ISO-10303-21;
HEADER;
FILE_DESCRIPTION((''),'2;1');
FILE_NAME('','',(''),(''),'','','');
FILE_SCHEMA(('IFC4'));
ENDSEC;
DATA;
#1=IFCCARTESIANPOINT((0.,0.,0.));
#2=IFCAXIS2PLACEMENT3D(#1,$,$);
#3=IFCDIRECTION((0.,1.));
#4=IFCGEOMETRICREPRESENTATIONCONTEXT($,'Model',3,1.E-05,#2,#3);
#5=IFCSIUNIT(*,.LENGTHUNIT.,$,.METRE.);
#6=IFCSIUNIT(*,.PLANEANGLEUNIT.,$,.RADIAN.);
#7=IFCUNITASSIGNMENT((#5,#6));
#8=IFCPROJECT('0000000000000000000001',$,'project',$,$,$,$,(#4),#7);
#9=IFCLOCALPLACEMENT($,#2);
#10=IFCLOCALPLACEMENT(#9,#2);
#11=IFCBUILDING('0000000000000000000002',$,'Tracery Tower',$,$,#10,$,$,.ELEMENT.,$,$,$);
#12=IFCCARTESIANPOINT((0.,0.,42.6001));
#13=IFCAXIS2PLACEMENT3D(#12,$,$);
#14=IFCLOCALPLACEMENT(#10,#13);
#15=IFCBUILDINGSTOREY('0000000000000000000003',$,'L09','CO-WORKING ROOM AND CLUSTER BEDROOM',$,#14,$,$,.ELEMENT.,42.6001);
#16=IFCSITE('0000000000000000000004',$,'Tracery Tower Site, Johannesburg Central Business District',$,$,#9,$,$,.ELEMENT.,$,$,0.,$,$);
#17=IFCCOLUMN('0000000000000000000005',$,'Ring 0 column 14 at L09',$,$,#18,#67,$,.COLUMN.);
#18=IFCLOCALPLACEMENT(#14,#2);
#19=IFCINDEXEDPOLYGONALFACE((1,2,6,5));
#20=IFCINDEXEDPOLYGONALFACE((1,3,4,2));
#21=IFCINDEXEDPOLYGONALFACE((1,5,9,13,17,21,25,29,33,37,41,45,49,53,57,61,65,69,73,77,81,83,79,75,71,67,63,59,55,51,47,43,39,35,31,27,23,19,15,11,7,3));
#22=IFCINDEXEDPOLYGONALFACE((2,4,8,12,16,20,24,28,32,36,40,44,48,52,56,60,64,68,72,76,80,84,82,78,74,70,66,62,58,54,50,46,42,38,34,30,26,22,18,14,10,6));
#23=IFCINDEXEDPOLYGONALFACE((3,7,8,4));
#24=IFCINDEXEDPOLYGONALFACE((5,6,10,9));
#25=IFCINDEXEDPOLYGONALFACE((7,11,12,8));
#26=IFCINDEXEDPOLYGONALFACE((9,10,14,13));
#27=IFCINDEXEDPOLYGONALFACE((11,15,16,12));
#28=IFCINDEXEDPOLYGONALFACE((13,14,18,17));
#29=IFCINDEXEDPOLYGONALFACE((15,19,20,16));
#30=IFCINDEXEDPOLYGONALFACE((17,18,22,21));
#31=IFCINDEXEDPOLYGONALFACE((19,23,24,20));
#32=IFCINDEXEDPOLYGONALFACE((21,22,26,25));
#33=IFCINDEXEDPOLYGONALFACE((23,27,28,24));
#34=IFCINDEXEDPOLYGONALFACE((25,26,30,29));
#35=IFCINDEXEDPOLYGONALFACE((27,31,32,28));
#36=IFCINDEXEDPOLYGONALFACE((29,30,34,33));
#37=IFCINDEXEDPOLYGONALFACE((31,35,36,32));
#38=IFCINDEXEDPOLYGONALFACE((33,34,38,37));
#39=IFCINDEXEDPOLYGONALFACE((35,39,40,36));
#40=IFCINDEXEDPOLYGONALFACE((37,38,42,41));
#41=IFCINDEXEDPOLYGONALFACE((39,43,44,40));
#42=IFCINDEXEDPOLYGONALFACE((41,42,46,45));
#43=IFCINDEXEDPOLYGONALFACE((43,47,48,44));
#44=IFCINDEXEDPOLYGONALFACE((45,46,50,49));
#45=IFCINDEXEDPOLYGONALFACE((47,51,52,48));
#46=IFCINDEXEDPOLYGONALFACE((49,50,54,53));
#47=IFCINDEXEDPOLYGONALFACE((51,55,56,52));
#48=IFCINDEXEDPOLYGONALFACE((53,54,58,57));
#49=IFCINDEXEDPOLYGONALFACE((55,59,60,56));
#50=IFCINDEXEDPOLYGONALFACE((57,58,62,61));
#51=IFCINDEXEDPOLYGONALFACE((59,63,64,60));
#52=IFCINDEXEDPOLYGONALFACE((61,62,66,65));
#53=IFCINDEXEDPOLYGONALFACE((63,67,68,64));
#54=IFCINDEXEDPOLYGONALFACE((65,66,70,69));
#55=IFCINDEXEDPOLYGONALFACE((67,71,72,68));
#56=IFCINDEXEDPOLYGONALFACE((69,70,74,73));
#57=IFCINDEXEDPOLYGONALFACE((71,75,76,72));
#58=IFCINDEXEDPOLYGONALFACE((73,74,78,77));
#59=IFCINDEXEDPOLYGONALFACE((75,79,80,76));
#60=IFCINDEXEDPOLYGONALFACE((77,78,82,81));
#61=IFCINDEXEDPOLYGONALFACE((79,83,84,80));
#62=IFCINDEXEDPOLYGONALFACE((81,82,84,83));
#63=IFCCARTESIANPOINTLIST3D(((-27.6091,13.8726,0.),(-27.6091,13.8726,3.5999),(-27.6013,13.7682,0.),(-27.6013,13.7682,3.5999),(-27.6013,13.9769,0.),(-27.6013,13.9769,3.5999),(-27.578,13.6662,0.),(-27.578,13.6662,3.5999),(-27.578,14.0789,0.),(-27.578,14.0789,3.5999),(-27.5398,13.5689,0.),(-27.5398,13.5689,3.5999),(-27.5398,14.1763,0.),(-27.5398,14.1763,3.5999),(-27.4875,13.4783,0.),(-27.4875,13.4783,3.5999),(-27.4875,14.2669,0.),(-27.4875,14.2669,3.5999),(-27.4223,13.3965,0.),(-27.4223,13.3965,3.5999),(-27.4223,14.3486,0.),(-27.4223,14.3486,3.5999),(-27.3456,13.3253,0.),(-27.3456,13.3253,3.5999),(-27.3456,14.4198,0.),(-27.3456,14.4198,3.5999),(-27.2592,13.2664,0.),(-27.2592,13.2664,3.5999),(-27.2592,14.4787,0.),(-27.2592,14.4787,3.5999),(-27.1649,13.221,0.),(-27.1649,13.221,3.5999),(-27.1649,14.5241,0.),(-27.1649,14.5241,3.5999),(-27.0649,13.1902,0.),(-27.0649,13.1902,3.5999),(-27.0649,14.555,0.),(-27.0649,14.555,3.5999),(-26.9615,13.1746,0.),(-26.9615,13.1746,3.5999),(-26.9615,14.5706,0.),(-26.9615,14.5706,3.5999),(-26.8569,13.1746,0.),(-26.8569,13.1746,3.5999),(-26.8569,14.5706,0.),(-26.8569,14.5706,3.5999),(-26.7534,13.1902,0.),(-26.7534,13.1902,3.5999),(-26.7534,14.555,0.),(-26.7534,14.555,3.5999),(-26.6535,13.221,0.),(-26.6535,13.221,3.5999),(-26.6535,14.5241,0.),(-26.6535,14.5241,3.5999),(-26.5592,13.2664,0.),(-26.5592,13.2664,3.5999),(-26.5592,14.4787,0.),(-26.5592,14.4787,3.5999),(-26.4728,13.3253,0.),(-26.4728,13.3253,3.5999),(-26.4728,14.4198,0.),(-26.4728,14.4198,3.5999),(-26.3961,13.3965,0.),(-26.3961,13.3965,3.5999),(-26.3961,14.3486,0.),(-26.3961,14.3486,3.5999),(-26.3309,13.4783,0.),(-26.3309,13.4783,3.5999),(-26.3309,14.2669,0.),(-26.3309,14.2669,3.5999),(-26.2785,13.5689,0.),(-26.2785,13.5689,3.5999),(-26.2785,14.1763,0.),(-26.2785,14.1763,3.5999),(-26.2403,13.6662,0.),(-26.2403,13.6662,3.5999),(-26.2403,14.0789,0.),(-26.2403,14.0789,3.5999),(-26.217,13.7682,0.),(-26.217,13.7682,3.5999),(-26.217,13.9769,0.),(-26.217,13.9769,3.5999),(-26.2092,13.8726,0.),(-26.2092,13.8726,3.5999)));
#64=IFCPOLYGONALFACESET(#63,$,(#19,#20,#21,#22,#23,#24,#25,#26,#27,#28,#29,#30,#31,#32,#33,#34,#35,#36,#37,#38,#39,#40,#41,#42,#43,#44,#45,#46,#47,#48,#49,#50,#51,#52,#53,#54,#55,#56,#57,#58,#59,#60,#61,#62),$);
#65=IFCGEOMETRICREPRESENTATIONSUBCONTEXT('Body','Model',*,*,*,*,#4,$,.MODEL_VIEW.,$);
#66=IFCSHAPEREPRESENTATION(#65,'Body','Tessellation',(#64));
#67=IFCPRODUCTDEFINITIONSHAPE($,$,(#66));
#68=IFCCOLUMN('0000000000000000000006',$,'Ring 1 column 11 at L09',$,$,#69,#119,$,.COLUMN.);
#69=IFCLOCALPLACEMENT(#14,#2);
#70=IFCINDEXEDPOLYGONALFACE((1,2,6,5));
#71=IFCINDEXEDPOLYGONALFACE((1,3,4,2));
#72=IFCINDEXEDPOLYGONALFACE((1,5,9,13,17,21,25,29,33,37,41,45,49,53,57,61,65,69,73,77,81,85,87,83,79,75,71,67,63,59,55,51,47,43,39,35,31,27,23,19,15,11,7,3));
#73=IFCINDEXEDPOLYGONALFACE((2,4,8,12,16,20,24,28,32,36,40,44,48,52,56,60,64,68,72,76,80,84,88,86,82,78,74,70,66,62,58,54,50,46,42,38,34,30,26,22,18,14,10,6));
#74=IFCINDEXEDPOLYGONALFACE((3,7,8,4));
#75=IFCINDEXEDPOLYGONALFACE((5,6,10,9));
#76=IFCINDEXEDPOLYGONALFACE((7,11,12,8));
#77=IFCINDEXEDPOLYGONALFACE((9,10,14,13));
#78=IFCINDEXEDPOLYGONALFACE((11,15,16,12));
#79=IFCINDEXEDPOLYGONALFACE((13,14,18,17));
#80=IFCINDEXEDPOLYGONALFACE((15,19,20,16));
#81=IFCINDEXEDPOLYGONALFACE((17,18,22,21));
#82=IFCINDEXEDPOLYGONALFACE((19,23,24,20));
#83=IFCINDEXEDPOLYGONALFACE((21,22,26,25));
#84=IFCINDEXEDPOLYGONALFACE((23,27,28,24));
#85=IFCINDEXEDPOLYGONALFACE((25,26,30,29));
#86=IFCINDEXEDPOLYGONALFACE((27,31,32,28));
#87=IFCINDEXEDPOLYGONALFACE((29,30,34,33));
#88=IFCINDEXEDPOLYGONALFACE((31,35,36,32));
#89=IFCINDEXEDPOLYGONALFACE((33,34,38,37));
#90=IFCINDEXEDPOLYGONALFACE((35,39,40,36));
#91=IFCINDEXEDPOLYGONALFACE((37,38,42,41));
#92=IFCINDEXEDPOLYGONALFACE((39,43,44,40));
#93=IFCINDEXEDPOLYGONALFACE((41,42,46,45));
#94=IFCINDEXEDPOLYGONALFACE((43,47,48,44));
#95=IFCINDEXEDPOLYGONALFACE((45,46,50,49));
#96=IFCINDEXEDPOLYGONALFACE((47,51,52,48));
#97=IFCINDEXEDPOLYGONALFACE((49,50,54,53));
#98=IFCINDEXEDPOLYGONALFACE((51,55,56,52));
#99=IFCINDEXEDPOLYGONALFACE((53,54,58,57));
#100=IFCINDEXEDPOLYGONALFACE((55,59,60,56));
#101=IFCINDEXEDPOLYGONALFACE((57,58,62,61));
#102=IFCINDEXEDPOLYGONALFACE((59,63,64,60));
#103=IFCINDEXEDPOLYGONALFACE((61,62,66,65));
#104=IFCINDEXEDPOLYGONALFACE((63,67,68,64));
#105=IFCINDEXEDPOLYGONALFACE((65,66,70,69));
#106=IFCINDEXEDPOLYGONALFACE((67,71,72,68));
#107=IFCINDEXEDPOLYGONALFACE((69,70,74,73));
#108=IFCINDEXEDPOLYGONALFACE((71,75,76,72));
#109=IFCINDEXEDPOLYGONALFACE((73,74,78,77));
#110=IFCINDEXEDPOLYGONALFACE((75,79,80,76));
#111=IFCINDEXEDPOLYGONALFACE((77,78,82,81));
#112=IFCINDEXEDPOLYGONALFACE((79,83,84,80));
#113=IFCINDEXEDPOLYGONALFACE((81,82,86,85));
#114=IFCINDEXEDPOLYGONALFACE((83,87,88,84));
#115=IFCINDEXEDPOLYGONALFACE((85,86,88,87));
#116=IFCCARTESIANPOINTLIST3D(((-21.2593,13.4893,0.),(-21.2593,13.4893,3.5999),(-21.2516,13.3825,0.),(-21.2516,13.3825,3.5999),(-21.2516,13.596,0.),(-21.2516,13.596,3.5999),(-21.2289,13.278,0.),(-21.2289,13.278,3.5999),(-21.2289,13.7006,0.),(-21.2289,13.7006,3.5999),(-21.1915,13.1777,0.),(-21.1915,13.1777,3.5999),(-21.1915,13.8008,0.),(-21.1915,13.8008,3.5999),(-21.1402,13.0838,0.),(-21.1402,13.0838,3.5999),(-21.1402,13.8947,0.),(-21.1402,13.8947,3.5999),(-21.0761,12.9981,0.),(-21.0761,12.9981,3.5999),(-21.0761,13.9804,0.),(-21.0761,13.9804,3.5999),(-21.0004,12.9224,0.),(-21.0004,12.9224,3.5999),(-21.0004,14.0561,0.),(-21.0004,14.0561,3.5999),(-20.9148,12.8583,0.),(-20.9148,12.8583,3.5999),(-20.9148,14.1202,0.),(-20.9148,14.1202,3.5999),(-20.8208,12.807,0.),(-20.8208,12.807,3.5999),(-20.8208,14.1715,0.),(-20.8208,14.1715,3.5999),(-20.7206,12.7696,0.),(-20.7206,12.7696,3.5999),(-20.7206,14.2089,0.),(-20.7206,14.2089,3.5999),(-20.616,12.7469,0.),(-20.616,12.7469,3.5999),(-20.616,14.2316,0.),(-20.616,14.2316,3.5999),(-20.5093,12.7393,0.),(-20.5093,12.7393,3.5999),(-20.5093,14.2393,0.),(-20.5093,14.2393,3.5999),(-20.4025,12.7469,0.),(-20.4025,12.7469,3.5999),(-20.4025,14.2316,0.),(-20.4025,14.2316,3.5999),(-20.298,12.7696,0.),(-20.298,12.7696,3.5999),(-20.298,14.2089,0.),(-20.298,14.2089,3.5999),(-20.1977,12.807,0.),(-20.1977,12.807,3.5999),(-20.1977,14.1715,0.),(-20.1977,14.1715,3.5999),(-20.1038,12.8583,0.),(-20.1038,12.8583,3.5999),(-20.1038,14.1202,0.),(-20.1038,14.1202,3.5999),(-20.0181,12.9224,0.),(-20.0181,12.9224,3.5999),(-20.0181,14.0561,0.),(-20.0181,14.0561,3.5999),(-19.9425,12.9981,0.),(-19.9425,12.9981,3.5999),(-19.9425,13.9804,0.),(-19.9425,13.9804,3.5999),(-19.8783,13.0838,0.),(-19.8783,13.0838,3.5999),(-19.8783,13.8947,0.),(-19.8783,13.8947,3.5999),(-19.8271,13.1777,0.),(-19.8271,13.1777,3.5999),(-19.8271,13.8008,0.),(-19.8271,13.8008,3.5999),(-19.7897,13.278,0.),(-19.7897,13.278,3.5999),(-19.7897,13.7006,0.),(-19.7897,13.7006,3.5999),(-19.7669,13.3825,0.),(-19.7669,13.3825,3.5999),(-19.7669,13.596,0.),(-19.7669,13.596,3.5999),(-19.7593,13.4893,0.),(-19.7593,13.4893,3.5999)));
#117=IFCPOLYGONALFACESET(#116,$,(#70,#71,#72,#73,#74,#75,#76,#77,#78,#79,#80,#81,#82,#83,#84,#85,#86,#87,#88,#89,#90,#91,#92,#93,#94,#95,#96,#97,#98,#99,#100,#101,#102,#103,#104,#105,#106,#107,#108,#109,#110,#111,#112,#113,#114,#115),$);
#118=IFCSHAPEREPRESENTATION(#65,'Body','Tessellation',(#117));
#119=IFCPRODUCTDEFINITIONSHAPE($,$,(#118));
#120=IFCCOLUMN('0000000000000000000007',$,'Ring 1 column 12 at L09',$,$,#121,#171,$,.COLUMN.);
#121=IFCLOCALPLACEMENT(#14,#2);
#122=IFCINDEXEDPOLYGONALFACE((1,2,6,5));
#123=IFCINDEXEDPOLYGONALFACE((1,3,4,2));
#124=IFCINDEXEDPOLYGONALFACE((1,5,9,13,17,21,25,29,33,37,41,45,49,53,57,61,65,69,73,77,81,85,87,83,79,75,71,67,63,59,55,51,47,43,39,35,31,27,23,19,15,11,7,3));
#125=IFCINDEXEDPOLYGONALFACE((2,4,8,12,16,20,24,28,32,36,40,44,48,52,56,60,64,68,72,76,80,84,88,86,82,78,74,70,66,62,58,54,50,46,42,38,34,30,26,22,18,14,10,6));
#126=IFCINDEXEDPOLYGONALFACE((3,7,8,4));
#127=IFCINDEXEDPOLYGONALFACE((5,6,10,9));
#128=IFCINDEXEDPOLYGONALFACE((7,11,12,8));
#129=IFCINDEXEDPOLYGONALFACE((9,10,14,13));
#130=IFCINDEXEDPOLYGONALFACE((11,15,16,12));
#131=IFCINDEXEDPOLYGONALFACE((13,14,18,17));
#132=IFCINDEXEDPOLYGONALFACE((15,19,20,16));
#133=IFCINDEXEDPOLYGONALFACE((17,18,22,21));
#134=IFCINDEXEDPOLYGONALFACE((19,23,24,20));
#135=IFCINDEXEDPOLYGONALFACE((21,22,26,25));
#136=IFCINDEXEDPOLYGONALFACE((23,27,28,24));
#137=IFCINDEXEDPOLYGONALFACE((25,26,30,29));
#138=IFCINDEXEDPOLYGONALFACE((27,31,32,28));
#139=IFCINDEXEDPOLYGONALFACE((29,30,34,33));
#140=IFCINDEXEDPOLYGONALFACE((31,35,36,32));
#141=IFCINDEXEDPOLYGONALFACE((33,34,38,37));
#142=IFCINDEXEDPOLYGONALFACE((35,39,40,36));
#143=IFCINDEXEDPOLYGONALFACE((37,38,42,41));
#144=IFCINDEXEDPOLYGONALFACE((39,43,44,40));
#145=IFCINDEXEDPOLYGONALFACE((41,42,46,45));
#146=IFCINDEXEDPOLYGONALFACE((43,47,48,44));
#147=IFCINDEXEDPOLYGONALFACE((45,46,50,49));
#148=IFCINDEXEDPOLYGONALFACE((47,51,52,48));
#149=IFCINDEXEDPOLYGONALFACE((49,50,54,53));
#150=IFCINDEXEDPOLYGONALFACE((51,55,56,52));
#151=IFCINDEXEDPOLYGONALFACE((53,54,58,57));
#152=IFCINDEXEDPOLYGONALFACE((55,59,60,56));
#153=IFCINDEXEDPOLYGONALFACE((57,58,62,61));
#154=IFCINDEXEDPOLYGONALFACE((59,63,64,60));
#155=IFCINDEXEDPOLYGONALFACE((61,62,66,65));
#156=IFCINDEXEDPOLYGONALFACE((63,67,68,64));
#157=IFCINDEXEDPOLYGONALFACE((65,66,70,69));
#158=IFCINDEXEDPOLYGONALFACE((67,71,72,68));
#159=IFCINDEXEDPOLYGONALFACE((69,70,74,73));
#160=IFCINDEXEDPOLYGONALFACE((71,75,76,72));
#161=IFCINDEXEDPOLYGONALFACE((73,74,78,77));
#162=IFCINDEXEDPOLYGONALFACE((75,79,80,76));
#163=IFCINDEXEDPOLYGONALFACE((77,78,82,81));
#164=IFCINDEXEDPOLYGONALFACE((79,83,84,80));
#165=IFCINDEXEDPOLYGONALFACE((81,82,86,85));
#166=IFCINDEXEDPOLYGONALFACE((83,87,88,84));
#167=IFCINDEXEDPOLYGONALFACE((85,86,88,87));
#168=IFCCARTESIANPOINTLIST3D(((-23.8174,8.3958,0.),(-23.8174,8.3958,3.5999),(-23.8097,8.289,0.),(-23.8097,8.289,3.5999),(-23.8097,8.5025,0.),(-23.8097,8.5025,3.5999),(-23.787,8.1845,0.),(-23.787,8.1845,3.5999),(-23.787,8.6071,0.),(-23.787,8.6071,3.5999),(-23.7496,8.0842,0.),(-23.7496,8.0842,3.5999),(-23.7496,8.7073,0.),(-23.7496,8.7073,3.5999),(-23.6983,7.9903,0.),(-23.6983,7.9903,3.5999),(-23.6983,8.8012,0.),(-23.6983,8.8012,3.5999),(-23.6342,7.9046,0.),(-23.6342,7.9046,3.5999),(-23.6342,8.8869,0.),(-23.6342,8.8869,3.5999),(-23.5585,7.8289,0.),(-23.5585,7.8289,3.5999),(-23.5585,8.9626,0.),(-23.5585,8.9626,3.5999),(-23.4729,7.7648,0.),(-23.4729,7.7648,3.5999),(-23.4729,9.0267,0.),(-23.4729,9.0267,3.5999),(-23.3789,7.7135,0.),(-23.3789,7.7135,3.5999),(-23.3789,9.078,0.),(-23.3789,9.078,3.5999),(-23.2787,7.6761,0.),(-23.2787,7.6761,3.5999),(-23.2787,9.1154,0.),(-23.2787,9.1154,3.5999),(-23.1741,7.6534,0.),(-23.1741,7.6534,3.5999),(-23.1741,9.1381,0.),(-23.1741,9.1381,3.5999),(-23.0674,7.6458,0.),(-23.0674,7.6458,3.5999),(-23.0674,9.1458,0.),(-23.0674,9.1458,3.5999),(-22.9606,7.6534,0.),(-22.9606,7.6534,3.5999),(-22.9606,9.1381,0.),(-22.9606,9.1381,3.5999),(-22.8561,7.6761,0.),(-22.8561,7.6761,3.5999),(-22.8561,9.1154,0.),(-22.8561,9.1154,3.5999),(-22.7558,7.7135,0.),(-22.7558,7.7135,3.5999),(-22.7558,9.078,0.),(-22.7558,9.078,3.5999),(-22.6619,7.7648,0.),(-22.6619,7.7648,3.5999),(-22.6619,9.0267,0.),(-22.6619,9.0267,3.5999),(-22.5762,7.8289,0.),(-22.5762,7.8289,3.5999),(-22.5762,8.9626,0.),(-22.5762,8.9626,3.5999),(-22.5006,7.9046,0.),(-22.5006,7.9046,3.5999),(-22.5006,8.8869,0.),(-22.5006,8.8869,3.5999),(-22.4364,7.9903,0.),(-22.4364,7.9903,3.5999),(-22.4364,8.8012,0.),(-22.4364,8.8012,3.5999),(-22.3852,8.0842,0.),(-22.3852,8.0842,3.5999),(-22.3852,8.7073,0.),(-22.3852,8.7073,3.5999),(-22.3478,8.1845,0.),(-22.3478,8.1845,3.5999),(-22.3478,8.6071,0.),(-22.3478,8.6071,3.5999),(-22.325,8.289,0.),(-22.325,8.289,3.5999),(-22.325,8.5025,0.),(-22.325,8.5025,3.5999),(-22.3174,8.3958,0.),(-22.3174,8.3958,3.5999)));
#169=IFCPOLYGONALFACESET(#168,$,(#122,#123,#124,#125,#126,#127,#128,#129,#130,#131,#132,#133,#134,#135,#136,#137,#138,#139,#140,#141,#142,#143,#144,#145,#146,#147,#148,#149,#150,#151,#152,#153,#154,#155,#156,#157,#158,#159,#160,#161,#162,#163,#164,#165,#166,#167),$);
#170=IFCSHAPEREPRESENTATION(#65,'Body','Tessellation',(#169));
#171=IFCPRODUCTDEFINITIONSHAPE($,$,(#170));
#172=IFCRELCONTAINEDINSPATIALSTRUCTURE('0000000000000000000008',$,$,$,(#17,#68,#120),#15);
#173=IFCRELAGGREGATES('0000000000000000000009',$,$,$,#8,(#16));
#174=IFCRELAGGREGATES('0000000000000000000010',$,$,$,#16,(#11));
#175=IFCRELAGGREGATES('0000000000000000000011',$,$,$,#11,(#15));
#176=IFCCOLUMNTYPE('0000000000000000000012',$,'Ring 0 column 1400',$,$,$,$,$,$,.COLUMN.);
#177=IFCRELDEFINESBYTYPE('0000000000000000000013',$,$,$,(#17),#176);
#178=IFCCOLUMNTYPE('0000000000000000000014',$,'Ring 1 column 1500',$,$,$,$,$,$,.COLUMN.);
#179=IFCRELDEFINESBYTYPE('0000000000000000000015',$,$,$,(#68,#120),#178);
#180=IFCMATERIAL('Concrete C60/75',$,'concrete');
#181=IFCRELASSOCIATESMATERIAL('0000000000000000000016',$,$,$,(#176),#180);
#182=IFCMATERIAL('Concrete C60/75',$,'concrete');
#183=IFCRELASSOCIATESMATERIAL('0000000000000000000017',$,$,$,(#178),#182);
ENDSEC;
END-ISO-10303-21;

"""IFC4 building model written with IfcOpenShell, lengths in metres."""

from ifc_helpers import new_model, si_unit, direction, frame, origin, origin_2d, place, context, subcontext, project, spatial, circle, extrude, material, material_profile, profile_set, type_object, element, save


model = new_model("IFC4")

# Units and contexts
model_context = context("Model", 3, precision=1e-05, world=origin(), true_north=direction((0.0, 1.0)))
body_context = subcontext(model_context, "Body", "Model", "MODEL_VIEW")
ifc_project = project(units=[si_unit("LENGTHUNIT", "METRE"), si_unit("PLANEANGLEUNIT", "RADIAN")], contexts=[model_context])

# Site, building, storey
site_placement = place(None, origin())
site = spatial("IfcSite", under=ifc_project, at=site_placement, Name="Tracery Tower Site, Johannesburg Central Business District", CompositionType="ELEMENT", RefElevation=0.0)
building_placement = place(site_placement, origin())
building = spatial("IfcBuilding", under=site, at=building_placement, Name="Tracery Tower", CompositionType="ELEMENT")
storey_placement = place(building_placement, frame((0.0, 0.0, 42.6001)))
storey = spatial("IfcBuildingStorey", under=building, at=storey_placement, Name="L09", Description="CO-WORKING ROOM AND CLUSTER BEDROOM", CompositionType="ELEMENT", Elevation=42.6001)

# Columns
ifc_material_1 = material(Name="Concrete C60/75", Category="concrete")
ifc_material_profile_1 = material_profile(ifc_material_1, circle(Radius=0.7, at=origin_2d()), Name="RC D1400")
ifc_profile_set_1 = profile_set([ifc_material_profile_1], Name="Concrete C60/75")
column_type_1 = type_object("IfcColumnType", Name="Ring 0 column 1400", PredefinedType="COLUMN", material=ifc_profile_set_1)
column_1_placement = place(storey_placement, frame((-26.9092, 13.8726, 0.0), z_axis=(0.0, 0.0, 1.0), x_axis=(1.0, 0.0, 0.0)))
element("IfcColumn", 1, at=column_1_placement, inside=storey, type_object=column_type_1, Name="Ring 0 column 14 at L09", PredefinedType="COLUMN", context=body_context, shape_type="SweptSolid", body=[
    extrude(circle(Radius=0.7, at=origin_2d()), origin(), (0.0, 0.0, 1.0), 3.5999),
])
ifc_material_2 = material(Name="Concrete C60/75", Category="concrete")
ifc_material_profile_2 = material_profile(ifc_material_2, circle(Radius=0.75, at=origin_2d()), Name="RC D1500")
ifc_profile_set_2 = profile_set([ifc_material_profile_2], Name="Concrete C60/75")
column_type_2 = type_object("IfcColumnType", Name="Ring 1 column 1500", PredefinedType="COLUMN", material=ifc_profile_set_2)
for number, where, z_axis, x_axis, name in (
    (2, (-20.5093, 13.4893, 0.0), (0.0, 0.0, 1.0), (1.0, 0.0, 0.0), "Ring 1 column 11 at L09"),
    (3, (-23.0674, 8.3958, 0.0), (0.0, 0.0, 1.0), (1.0, 0.0, 0.0), "Ring 1 column 12 at L09"),
):
    element("IfcColumn", number, at=place(storey_placement, frame(where, z_axis=z_axis, x_axis=x_axis)), inside=storey, type_object=column_type_2, Name=name, PredefinedType="COLUMN", context=body_context, shape_type="SweptSolid", body=[
        extrude(circle(Radius=0.75, at=origin_2d()), origin(), (0.0, 0.0, 1.0), 3.5999),
    ])

save(model, "model.ifc")
